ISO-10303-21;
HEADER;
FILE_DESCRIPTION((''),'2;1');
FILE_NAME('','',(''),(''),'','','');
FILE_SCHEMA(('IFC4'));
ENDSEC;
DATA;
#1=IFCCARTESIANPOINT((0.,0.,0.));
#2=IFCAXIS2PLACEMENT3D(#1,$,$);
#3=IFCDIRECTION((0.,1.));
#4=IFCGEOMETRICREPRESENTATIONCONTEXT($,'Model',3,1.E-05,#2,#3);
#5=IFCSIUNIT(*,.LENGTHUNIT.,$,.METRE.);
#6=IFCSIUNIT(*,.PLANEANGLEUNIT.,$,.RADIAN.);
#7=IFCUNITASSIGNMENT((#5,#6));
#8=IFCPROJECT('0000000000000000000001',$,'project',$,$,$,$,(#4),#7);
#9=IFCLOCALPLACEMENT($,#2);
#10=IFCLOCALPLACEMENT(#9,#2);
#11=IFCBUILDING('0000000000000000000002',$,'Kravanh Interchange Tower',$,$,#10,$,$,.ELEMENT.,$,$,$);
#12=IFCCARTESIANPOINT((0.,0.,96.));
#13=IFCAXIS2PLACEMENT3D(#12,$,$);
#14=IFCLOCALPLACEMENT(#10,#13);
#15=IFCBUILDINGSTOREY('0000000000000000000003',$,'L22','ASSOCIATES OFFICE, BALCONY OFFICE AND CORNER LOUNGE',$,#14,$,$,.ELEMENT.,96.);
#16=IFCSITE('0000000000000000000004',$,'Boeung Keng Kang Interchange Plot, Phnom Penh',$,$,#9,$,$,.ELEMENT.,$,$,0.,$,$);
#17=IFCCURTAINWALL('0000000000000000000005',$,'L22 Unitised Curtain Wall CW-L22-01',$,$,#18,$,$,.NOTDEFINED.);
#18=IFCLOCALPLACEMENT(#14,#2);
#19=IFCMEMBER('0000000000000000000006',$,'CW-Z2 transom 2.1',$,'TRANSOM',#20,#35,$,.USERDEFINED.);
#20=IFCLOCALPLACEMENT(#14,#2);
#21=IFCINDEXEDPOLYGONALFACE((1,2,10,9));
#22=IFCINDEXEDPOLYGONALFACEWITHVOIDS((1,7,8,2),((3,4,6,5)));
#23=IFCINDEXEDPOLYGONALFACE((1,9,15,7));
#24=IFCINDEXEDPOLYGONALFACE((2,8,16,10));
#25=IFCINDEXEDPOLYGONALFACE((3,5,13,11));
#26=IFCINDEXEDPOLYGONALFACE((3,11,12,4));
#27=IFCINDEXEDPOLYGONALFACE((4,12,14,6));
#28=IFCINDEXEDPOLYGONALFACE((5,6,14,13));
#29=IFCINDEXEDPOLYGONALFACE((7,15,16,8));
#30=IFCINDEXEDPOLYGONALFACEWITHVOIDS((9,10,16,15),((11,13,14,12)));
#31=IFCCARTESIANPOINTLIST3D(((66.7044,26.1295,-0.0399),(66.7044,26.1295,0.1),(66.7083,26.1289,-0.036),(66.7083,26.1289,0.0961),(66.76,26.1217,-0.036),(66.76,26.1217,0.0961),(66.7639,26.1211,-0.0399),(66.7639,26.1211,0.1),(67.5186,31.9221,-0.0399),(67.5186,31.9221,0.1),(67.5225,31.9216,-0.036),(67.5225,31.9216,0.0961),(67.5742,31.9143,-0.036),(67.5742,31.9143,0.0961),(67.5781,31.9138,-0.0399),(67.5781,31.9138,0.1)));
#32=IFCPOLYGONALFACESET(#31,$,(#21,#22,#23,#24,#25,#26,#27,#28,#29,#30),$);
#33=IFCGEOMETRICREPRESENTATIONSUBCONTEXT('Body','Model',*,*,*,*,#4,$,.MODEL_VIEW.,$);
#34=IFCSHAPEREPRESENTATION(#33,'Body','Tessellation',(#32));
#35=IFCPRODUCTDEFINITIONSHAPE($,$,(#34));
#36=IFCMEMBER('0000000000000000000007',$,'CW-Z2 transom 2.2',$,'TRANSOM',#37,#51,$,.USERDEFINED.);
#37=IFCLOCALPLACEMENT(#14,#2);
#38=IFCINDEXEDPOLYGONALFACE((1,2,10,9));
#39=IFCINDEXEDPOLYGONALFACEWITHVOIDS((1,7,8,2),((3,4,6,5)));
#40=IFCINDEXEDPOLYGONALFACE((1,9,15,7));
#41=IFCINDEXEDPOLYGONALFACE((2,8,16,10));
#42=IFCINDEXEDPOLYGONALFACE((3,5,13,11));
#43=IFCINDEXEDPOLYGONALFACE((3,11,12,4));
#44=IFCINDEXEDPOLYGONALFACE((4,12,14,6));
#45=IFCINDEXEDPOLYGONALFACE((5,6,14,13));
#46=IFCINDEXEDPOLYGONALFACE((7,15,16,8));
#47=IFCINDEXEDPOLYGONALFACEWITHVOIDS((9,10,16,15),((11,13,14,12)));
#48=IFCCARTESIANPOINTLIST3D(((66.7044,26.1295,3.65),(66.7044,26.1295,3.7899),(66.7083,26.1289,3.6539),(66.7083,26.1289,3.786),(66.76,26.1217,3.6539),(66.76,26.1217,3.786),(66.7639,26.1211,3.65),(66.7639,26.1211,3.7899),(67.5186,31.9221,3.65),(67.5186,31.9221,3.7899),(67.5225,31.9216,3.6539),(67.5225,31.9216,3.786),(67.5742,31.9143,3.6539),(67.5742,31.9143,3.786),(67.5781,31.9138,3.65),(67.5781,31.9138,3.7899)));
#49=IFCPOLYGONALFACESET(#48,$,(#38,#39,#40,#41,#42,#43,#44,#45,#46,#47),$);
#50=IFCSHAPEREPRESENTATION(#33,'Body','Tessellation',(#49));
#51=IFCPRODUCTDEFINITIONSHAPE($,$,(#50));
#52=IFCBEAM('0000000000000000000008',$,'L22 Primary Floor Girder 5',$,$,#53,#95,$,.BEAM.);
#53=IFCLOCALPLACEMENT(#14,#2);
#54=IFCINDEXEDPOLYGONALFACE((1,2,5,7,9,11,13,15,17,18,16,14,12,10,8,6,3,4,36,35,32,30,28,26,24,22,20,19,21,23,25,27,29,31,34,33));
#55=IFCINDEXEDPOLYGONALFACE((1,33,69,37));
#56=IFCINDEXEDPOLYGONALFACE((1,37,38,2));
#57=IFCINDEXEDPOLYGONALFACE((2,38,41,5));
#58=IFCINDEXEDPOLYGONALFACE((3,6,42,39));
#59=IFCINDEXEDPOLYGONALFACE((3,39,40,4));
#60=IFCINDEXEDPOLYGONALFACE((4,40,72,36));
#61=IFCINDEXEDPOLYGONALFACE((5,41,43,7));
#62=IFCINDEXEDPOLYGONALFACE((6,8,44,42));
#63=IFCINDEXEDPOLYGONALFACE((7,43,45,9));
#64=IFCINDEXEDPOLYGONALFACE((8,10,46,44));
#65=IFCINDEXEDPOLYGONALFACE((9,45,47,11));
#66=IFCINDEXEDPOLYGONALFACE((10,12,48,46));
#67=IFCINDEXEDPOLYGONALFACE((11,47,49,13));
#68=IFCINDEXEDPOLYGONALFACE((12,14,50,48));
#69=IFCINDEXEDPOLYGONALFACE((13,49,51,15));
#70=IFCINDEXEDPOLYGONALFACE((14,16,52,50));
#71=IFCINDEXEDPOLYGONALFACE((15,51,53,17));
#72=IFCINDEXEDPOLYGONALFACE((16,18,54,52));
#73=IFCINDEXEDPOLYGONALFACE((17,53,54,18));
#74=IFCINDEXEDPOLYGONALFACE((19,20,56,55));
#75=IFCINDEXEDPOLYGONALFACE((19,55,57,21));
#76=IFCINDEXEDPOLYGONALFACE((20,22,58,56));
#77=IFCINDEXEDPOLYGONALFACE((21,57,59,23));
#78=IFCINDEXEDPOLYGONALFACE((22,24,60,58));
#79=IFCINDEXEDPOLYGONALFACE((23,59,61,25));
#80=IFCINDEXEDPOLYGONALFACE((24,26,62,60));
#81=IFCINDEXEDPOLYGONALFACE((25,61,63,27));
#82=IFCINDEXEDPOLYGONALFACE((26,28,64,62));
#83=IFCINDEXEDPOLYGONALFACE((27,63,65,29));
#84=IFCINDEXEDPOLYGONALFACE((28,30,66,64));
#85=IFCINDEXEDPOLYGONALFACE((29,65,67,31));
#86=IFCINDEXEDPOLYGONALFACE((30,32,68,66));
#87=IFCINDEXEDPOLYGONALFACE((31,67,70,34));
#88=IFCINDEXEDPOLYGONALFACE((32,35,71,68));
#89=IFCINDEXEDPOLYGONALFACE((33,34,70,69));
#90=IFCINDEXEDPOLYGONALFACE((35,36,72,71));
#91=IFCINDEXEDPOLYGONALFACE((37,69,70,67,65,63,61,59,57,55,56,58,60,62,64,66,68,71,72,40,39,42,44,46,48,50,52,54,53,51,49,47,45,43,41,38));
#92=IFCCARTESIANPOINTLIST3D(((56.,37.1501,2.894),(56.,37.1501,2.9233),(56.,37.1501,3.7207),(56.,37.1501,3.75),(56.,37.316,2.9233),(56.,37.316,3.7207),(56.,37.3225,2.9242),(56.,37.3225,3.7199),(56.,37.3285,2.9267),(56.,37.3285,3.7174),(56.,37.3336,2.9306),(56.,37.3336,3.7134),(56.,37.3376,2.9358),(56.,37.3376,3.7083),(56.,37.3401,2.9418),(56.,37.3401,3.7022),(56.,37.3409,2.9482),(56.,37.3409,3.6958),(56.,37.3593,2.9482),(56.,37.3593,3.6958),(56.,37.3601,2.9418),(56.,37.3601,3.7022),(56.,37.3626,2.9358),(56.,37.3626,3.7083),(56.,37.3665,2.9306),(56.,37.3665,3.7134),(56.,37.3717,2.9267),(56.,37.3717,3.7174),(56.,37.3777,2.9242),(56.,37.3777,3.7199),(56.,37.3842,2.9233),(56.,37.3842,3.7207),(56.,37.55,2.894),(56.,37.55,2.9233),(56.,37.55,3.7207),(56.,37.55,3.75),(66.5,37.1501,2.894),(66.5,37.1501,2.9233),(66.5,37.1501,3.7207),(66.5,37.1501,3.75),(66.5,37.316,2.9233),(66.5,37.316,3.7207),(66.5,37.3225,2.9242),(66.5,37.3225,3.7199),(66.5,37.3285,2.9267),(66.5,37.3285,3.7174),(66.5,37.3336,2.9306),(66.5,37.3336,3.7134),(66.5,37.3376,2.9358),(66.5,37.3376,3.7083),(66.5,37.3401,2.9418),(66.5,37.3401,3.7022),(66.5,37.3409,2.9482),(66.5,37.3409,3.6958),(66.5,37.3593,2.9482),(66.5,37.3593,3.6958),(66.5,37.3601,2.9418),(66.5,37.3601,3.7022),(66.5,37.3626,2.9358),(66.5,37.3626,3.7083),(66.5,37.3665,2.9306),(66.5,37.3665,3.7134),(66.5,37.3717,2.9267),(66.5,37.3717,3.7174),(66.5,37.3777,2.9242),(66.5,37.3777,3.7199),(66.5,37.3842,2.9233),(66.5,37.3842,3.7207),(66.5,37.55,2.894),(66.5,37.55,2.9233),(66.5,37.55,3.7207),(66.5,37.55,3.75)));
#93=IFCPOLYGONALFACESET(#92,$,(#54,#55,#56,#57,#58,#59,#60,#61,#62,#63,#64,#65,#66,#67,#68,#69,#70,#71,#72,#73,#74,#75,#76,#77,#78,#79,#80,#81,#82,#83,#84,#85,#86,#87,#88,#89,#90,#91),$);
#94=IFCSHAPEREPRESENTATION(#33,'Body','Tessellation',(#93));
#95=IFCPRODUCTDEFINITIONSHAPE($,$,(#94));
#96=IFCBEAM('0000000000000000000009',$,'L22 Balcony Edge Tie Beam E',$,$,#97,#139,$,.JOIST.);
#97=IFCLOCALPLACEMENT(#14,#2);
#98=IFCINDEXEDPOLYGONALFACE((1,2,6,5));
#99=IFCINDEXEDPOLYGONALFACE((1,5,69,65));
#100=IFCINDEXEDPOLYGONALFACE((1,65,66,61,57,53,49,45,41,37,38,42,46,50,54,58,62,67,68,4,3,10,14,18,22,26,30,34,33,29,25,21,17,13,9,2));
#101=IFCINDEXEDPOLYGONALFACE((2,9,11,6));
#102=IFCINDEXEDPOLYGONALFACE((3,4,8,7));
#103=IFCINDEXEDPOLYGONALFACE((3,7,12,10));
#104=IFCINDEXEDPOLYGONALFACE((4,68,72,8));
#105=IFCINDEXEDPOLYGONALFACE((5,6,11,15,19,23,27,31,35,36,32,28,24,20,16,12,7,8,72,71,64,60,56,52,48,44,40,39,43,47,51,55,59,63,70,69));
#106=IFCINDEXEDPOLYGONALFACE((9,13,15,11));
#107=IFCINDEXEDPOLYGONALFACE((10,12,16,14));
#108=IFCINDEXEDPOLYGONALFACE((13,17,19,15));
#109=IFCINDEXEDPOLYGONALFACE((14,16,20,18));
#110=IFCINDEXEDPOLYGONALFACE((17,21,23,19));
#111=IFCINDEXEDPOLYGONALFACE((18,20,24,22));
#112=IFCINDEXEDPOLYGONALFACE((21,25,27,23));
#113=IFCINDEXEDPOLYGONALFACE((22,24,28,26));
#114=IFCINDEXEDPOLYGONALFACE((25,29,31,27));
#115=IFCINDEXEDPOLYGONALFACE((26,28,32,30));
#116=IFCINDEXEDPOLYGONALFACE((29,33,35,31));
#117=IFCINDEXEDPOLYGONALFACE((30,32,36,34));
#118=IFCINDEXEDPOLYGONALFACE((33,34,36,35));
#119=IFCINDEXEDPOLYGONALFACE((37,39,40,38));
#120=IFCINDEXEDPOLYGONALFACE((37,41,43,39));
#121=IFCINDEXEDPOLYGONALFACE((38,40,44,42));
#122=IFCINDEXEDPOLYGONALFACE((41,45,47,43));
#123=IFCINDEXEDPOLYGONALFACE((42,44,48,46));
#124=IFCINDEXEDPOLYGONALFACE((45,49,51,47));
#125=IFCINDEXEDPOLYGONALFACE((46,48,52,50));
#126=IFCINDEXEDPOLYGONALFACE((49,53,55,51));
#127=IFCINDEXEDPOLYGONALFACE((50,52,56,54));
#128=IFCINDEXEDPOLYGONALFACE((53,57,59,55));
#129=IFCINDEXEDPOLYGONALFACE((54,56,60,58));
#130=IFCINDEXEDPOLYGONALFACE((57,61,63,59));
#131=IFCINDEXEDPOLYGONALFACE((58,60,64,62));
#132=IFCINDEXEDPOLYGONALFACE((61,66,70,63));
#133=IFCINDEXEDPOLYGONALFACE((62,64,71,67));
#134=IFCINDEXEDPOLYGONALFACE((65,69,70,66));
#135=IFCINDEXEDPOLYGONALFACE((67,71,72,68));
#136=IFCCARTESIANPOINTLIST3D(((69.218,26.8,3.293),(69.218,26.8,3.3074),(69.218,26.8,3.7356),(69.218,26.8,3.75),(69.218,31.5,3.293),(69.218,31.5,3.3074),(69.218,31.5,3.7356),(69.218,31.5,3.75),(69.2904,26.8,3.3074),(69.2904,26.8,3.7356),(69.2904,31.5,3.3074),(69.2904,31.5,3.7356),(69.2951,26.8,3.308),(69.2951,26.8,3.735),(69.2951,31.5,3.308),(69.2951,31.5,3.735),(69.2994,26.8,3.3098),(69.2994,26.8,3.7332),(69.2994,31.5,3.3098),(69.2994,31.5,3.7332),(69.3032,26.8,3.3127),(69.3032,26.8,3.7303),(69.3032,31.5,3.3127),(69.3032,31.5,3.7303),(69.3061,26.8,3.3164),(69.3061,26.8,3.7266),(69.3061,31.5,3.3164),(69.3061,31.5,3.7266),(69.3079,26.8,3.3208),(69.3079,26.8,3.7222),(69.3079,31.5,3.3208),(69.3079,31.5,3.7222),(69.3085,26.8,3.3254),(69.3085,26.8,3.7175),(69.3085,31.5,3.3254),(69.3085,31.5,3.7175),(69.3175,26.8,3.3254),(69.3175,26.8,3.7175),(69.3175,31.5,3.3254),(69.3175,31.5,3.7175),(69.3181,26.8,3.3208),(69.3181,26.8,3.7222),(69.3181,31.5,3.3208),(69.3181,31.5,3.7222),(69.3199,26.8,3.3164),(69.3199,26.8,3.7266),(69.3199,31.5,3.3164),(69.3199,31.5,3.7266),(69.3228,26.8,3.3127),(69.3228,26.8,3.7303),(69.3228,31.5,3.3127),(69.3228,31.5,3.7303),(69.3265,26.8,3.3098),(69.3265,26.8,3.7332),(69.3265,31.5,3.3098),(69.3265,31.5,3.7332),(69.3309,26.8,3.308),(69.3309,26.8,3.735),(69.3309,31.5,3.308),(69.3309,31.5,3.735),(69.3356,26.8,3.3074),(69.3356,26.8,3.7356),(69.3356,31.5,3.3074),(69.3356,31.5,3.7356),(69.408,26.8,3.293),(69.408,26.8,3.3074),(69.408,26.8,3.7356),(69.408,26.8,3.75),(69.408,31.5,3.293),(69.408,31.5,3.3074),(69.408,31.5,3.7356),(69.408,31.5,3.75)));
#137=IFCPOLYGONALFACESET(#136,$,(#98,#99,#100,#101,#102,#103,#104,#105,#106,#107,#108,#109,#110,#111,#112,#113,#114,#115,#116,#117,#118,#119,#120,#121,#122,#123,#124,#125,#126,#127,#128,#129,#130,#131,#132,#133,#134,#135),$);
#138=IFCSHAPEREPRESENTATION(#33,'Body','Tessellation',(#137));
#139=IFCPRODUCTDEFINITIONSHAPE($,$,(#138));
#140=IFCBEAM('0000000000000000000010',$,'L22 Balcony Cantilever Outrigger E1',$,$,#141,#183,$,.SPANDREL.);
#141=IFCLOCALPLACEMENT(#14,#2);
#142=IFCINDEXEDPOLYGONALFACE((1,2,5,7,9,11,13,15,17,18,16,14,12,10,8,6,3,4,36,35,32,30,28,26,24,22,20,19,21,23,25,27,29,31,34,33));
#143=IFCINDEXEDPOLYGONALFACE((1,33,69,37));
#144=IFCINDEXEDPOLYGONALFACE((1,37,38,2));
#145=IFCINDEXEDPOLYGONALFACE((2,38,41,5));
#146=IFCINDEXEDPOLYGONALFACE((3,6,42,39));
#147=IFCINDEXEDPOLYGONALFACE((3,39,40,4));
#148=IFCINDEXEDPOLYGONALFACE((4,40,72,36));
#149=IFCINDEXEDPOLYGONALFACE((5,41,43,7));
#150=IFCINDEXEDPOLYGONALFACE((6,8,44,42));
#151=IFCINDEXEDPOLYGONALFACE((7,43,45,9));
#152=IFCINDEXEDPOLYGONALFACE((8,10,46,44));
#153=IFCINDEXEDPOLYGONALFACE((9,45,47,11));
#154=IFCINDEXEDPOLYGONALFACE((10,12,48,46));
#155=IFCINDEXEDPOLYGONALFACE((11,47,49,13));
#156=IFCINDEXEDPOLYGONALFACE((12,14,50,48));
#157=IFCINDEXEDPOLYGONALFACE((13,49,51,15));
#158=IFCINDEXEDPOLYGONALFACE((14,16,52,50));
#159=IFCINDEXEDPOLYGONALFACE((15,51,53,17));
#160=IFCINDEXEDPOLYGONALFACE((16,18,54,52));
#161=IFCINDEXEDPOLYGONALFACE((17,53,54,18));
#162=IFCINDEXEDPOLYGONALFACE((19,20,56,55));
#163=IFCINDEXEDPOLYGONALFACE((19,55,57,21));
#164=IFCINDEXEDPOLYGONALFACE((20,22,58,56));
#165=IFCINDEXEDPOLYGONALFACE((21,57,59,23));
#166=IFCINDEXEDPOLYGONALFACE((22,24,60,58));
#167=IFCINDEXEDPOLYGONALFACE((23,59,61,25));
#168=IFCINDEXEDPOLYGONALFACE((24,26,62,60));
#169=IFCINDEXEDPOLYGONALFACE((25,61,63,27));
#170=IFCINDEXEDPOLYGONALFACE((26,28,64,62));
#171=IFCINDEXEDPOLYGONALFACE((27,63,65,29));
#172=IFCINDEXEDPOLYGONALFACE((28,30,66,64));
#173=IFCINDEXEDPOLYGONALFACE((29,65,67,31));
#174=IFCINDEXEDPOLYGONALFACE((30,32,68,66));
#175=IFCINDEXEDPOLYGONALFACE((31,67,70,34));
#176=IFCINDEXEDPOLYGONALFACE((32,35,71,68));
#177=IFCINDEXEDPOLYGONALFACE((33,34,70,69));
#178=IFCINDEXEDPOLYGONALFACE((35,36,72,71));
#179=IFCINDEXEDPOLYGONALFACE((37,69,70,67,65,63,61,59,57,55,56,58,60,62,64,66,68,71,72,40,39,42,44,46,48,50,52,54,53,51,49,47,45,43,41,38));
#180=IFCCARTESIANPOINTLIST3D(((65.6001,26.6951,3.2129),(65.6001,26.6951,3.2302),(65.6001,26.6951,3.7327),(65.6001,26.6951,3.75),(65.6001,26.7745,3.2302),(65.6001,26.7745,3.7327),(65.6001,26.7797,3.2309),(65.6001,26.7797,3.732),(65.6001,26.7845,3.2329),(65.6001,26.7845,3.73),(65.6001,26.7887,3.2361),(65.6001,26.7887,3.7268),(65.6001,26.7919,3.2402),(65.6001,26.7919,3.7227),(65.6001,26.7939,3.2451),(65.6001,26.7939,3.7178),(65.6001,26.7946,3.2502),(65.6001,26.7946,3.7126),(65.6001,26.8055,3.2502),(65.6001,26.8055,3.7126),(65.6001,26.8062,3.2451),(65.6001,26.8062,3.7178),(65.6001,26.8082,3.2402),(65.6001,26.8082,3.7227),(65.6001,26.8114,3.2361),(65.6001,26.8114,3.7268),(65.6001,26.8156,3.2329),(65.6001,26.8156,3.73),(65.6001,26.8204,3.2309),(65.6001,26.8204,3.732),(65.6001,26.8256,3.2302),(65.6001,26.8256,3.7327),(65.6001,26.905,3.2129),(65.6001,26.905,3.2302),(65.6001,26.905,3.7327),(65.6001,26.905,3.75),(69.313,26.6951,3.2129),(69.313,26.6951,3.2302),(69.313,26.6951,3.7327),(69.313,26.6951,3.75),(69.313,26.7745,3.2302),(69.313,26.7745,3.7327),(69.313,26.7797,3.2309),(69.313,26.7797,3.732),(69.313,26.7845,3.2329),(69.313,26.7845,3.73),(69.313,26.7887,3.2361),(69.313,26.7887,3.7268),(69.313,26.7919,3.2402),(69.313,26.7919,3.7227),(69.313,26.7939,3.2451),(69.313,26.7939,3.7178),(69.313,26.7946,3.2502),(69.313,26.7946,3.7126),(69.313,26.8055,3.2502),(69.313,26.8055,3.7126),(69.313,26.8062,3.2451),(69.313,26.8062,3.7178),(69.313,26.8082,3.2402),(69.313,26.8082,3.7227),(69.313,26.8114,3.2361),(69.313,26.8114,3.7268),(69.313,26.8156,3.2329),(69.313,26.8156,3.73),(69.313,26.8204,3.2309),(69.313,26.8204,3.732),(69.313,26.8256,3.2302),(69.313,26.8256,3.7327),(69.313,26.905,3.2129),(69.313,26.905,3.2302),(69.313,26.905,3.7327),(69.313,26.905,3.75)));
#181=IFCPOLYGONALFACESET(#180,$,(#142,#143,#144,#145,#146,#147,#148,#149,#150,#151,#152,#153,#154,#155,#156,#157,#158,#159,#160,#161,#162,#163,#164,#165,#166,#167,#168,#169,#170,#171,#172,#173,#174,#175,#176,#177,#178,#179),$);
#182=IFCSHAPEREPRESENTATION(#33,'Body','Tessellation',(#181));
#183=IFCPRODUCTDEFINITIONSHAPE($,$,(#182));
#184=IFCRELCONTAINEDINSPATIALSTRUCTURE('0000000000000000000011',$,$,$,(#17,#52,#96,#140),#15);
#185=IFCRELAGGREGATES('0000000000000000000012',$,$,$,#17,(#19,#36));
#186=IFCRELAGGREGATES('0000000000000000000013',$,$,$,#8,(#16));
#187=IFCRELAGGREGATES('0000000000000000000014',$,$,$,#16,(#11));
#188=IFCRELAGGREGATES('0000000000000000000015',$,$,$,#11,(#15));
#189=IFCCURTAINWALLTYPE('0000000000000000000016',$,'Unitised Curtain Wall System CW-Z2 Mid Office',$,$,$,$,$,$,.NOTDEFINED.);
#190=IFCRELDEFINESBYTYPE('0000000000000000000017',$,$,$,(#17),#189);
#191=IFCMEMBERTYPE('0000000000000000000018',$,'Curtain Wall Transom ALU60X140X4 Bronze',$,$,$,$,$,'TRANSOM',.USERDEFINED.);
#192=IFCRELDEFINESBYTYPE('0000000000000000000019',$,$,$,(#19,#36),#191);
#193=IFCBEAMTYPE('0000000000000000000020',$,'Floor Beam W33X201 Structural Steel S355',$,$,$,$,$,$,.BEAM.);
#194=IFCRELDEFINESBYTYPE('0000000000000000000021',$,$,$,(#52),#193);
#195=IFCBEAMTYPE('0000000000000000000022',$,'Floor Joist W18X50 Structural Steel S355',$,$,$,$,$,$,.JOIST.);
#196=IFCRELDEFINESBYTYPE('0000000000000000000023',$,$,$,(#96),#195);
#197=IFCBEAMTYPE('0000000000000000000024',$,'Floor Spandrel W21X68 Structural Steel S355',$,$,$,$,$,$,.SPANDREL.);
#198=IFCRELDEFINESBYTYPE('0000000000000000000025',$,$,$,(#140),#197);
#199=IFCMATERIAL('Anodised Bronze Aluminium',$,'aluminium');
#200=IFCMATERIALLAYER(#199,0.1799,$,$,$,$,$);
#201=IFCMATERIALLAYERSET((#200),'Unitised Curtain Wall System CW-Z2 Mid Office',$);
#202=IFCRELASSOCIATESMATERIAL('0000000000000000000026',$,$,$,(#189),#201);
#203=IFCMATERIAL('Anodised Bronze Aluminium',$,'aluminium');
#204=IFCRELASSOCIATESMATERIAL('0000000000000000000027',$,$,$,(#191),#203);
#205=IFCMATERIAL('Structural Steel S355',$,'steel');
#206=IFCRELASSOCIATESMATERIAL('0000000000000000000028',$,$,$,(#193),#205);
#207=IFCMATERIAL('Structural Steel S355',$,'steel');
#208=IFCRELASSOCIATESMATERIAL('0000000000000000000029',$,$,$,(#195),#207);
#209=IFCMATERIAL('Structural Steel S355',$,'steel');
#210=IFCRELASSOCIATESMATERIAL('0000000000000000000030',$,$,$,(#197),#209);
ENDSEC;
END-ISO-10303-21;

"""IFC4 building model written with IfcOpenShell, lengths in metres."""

from ifc_helpers import new_model, si_unit, direction, frame, origin, origin_2d, place, context, subcontext, project, spatial, hollow_rectangle, i_section, extrude, material, layer, layer_set, material_profile, profile_set, type_object, element, aggregate, save


model = new_model("IFC4")

# Units and contexts
model_context = context("Model", 3, precision=1e-05, world=origin(), true_north=direction((0.0, 1.0)))
body_context = subcontext(model_context, "Body", "Model", "MODEL_VIEW")
ifc_project = project(units=[si_unit("LENGTHUNIT", "METRE"), si_unit("PLANEANGLEUNIT", "RADIAN")], contexts=[model_context])

# Site, building, storey
site_placement = place(None, origin())
site = spatial("IfcSite", under=ifc_project, at=site_placement, Name="Boeung Keng Kang Interchange Plot, Phnom Penh", CompositionType="ELEMENT", RefElevation=0.0)
building_placement = place(site_placement, origin())
building = spatial("IfcBuilding", under=site, at=building_placement, Name="Kravanh Interchange Tower", CompositionType="ELEMENT")
storey_placement = place(building_placement, frame((0.0, 0.0, 96.0)))
storey = spatial("IfcBuildingStorey", under=building, at=storey_placement, Name="L22", Description="ASSOCIATES OFFICE, BALCONY OFFICE AND CORNER LOUNGE", CompositionType="ELEMENT", Elevation=96.0)

# Curtain wall, members
ifc_material_1 = material(Name="Anodised Bronze Aluminium", Category="aluminium")
ifc_layer_1 = layer(ifc_material_1, 0.1799)
ifc_layer_set_1 = layer_set([ifc_layer_1], Name="Unitised Curtain Wall System CW-Z2 Mid Office")
curtain_wall_type = type_object("IfcCurtainWallType", Name="Unitised Curtain Wall System CW-Z2 Mid Office", PredefinedType="NOTDEFINED", material=ifc_layer_set_1)
curtain_wall_placement = place(storey_placement, origin())
curtain_wall = element("IfcCurtainWall", 1, at=curtain_wall_placement, inside=storey, type_object=curtain_wall_type, Name="L22 Unitised Curtain Wall CW-L22-01", PredefinedType="NOTDEFINED")
ifc_material_2 = material(Name="Anodised Bronze Aluminium", Category="aluminium")
ifc_material_profile_1 = material_profile(ifc_material_2, hollow_rectangle(XDim=0.0601, YDim=0.1399, WallThickness=0.0039, at=origin_2d()), Name="ALU60X140X4")
ifc_profile_set_1 = profile_set([ifc_material_profile_1], Name="Anodised Bronze Aluminium")
member_type_1 = type_object("IfcMemberType", Name="Curtain Wall Transom ALU60X140X4 Bronze", ElementType="TRANSOM", PredefinedType="USERDEFINED", material=ifc_profile_set_1)
member_1_placement = place(storey_placement, frame((67.5483, 31.918, 0.03), z_axis=(-0.139189, -0.990266, 0.0), x_axis=(0.990266, -0.139189, 0.0)))
member_1 = element("IfcMember", 2, at=member_1_placement, type_object=member_type_1, Name="CW-Z2 transom 2.1", ObjectType="TRANSOM", PredefinedType="USERDEFINED", context=body_context, shape_type="SweptSolid", body=[
    extrude(hollow_rectangle(XDim=0.0601, YDim=0.1399, WallThickness=0.0039, at=origin_2d()), origin(), (0.0, 0.0, 1.0), 5.8496),
])
member_2_placement = place(storey_placement, frame((67.5483, 31.918, 3.72), z_axis=(-0.139189, -0.990266, 0.0), x_axis=(0.990266, -0.139189, 0.0)))
member_2 = element("IfcMember", 3, at=member_2_placement, type_object=member_type_1, Name="CW-Z2 transom 2.2", ObjectType="TRANSOM", PredefinedType="USERDEFINED", context=body_context, shape_type="SweptSolid", body=[
    extrude(hollow_rectangle(XDim=0.0601, YDim=0.1399, WallThickness=0.0039, at=origin_2d()), origin(), (0.0, 0.0, 1.0), 5.8496),
])

# Beams
ifc_material_3 = material(Name="Structural Steel S355", Category="steel")
ifc_material_profile_2 = material_profile(ifc_material_3, i_section(OverallWidth=0.3999, OverallDepth=0.856, WebThickness=0.0183, FlangeThickness=0.0293, FilletRadius=0.0249, at=origin_2d()), Name="W33X201")
ifc_profile_set_2 = profile_set([ifc_material_profile_2], Name="Structural Steel S355")
beam_type_1 = type_object("IfcBeamType", Name="Floor Beam W33X201 Structural Steel S355", PredefinedType="BEAM", material=ifc_profile_set_2)
beam_1_placement = place(storey_placement, frame((66.5, 37.3501, 3.322), z_axis=(-1.0, 0.0, 0.0), x_axis=(0.0, -1.0, 0.0)))
element("IfcBeam", 4, at=beam_1_placement, inside=storey, type_object=beam_type_1, Name="L22 Primary Floor Girder 5", PredefinedType="BEAM", context=body_context, shape_type="SweptSolid", body=[
    extrude(i_section(OverallWidth=0.3999, OverallDepth=0.856, WebThickness=0.0183, FlangeThickness=0.0293, FilletRadius=0.0249, at=origin_2d()), origin(), (0.0, 0.0, 1.0), 10.5),
])
ifc_material_4 = material(Name="Structural Steel S355", Category="steel")
ifc_material_profile_3 = material_profile(ifc_material_4, i_section(OverallWidth=0.1899, OverallDepth=0.457, WebThickness=0.009, FlangeThickness=0.0144, FilletRadius=0.0181, at=origin_2d()), Name="W18X50")
ifc_profile_set_3 = profile_set([ifc_material_profile_3], Name="Structural Steel S355")
beam_type_2 = type_object("IfcBeamType", Name="Floor Joist W18X50 Structural Steel S355", PredefinedType="JOIST", material=ifc_profile_set_3)
beam_2_placement = place(storey_placement, frame((69.313, 26.8, 3.5215), z_axis=(0.0, 1.0, 0.0), x_axis=(-1.0, 0.0, 0.0)))
element("IfcBeam", 5, at=beam_2_placement, inside=storey, type_object=beam_type_2, Name="L22 Balcony Edge Tie Beam E", PredefinedType="JOIST", context=body_context, shape_type="SweptSolid", body=[
    extrude(i_section(OverallWidth=0.1899, OverallDepth=0.457, WebThickness=0.009, FlangeThickness=0.0144, FilletRadius=0.0181, at=origin_2d()), origin(), (0.0, 0.0, 1.0), 4.7),
])
ifc_material_5 = material(Name="Structural Steel S355", Category="steel")
ifc_material_profile_4 = material_profile(ifc_material_5, i_section(OverallWidth=0.21, OverallDepth=0.5371, WebThickness=0.011, FlangeThickness=0.0173, FilletRadius=0.02, at=origin_2d()), Name="W21X68")
ifc_profile_set_4 = profile_set([ifc_material_profile_4], Name="Structural Steel S355")
beam_type_3 = type_object("IfcBeamType", Name="Floor Spandrel W21X68 Structural Steel S355", PredefinedType="SPANDREL", material=ifc_profile_set_4)
for number, where, z_axis, x_axis, name in (
    (6, (65.6001, 26.8, 3.4814), (1.0, 0.0, 0.0), (0.0, 1.0, 0.0), "L22 Balcony Cantilever Outrigger E1"),
):
    element("IfcBeam", number, at=place(storey_placement, frame(where, z_axis=z_axis, x_axis=x_axis)), inside=storey, type_object=beam_type_3, Name=name, PredefinedType="SPANDREL", context=body_context, shape_type="SweptSolid", body=[
        extrude(i_section(OverallWidth=0.21, OverallDepth=0.5371, WebThickness=0.011, FlangeThickness=0.0173, FilletRadius=0.02, at=origin_2d()), origin(), (0.0, 0.0, 1.0), 3.7129),
    ])

aggregate(curtain_wall, [member_1, member_2])

save(model, "model.ifc")
